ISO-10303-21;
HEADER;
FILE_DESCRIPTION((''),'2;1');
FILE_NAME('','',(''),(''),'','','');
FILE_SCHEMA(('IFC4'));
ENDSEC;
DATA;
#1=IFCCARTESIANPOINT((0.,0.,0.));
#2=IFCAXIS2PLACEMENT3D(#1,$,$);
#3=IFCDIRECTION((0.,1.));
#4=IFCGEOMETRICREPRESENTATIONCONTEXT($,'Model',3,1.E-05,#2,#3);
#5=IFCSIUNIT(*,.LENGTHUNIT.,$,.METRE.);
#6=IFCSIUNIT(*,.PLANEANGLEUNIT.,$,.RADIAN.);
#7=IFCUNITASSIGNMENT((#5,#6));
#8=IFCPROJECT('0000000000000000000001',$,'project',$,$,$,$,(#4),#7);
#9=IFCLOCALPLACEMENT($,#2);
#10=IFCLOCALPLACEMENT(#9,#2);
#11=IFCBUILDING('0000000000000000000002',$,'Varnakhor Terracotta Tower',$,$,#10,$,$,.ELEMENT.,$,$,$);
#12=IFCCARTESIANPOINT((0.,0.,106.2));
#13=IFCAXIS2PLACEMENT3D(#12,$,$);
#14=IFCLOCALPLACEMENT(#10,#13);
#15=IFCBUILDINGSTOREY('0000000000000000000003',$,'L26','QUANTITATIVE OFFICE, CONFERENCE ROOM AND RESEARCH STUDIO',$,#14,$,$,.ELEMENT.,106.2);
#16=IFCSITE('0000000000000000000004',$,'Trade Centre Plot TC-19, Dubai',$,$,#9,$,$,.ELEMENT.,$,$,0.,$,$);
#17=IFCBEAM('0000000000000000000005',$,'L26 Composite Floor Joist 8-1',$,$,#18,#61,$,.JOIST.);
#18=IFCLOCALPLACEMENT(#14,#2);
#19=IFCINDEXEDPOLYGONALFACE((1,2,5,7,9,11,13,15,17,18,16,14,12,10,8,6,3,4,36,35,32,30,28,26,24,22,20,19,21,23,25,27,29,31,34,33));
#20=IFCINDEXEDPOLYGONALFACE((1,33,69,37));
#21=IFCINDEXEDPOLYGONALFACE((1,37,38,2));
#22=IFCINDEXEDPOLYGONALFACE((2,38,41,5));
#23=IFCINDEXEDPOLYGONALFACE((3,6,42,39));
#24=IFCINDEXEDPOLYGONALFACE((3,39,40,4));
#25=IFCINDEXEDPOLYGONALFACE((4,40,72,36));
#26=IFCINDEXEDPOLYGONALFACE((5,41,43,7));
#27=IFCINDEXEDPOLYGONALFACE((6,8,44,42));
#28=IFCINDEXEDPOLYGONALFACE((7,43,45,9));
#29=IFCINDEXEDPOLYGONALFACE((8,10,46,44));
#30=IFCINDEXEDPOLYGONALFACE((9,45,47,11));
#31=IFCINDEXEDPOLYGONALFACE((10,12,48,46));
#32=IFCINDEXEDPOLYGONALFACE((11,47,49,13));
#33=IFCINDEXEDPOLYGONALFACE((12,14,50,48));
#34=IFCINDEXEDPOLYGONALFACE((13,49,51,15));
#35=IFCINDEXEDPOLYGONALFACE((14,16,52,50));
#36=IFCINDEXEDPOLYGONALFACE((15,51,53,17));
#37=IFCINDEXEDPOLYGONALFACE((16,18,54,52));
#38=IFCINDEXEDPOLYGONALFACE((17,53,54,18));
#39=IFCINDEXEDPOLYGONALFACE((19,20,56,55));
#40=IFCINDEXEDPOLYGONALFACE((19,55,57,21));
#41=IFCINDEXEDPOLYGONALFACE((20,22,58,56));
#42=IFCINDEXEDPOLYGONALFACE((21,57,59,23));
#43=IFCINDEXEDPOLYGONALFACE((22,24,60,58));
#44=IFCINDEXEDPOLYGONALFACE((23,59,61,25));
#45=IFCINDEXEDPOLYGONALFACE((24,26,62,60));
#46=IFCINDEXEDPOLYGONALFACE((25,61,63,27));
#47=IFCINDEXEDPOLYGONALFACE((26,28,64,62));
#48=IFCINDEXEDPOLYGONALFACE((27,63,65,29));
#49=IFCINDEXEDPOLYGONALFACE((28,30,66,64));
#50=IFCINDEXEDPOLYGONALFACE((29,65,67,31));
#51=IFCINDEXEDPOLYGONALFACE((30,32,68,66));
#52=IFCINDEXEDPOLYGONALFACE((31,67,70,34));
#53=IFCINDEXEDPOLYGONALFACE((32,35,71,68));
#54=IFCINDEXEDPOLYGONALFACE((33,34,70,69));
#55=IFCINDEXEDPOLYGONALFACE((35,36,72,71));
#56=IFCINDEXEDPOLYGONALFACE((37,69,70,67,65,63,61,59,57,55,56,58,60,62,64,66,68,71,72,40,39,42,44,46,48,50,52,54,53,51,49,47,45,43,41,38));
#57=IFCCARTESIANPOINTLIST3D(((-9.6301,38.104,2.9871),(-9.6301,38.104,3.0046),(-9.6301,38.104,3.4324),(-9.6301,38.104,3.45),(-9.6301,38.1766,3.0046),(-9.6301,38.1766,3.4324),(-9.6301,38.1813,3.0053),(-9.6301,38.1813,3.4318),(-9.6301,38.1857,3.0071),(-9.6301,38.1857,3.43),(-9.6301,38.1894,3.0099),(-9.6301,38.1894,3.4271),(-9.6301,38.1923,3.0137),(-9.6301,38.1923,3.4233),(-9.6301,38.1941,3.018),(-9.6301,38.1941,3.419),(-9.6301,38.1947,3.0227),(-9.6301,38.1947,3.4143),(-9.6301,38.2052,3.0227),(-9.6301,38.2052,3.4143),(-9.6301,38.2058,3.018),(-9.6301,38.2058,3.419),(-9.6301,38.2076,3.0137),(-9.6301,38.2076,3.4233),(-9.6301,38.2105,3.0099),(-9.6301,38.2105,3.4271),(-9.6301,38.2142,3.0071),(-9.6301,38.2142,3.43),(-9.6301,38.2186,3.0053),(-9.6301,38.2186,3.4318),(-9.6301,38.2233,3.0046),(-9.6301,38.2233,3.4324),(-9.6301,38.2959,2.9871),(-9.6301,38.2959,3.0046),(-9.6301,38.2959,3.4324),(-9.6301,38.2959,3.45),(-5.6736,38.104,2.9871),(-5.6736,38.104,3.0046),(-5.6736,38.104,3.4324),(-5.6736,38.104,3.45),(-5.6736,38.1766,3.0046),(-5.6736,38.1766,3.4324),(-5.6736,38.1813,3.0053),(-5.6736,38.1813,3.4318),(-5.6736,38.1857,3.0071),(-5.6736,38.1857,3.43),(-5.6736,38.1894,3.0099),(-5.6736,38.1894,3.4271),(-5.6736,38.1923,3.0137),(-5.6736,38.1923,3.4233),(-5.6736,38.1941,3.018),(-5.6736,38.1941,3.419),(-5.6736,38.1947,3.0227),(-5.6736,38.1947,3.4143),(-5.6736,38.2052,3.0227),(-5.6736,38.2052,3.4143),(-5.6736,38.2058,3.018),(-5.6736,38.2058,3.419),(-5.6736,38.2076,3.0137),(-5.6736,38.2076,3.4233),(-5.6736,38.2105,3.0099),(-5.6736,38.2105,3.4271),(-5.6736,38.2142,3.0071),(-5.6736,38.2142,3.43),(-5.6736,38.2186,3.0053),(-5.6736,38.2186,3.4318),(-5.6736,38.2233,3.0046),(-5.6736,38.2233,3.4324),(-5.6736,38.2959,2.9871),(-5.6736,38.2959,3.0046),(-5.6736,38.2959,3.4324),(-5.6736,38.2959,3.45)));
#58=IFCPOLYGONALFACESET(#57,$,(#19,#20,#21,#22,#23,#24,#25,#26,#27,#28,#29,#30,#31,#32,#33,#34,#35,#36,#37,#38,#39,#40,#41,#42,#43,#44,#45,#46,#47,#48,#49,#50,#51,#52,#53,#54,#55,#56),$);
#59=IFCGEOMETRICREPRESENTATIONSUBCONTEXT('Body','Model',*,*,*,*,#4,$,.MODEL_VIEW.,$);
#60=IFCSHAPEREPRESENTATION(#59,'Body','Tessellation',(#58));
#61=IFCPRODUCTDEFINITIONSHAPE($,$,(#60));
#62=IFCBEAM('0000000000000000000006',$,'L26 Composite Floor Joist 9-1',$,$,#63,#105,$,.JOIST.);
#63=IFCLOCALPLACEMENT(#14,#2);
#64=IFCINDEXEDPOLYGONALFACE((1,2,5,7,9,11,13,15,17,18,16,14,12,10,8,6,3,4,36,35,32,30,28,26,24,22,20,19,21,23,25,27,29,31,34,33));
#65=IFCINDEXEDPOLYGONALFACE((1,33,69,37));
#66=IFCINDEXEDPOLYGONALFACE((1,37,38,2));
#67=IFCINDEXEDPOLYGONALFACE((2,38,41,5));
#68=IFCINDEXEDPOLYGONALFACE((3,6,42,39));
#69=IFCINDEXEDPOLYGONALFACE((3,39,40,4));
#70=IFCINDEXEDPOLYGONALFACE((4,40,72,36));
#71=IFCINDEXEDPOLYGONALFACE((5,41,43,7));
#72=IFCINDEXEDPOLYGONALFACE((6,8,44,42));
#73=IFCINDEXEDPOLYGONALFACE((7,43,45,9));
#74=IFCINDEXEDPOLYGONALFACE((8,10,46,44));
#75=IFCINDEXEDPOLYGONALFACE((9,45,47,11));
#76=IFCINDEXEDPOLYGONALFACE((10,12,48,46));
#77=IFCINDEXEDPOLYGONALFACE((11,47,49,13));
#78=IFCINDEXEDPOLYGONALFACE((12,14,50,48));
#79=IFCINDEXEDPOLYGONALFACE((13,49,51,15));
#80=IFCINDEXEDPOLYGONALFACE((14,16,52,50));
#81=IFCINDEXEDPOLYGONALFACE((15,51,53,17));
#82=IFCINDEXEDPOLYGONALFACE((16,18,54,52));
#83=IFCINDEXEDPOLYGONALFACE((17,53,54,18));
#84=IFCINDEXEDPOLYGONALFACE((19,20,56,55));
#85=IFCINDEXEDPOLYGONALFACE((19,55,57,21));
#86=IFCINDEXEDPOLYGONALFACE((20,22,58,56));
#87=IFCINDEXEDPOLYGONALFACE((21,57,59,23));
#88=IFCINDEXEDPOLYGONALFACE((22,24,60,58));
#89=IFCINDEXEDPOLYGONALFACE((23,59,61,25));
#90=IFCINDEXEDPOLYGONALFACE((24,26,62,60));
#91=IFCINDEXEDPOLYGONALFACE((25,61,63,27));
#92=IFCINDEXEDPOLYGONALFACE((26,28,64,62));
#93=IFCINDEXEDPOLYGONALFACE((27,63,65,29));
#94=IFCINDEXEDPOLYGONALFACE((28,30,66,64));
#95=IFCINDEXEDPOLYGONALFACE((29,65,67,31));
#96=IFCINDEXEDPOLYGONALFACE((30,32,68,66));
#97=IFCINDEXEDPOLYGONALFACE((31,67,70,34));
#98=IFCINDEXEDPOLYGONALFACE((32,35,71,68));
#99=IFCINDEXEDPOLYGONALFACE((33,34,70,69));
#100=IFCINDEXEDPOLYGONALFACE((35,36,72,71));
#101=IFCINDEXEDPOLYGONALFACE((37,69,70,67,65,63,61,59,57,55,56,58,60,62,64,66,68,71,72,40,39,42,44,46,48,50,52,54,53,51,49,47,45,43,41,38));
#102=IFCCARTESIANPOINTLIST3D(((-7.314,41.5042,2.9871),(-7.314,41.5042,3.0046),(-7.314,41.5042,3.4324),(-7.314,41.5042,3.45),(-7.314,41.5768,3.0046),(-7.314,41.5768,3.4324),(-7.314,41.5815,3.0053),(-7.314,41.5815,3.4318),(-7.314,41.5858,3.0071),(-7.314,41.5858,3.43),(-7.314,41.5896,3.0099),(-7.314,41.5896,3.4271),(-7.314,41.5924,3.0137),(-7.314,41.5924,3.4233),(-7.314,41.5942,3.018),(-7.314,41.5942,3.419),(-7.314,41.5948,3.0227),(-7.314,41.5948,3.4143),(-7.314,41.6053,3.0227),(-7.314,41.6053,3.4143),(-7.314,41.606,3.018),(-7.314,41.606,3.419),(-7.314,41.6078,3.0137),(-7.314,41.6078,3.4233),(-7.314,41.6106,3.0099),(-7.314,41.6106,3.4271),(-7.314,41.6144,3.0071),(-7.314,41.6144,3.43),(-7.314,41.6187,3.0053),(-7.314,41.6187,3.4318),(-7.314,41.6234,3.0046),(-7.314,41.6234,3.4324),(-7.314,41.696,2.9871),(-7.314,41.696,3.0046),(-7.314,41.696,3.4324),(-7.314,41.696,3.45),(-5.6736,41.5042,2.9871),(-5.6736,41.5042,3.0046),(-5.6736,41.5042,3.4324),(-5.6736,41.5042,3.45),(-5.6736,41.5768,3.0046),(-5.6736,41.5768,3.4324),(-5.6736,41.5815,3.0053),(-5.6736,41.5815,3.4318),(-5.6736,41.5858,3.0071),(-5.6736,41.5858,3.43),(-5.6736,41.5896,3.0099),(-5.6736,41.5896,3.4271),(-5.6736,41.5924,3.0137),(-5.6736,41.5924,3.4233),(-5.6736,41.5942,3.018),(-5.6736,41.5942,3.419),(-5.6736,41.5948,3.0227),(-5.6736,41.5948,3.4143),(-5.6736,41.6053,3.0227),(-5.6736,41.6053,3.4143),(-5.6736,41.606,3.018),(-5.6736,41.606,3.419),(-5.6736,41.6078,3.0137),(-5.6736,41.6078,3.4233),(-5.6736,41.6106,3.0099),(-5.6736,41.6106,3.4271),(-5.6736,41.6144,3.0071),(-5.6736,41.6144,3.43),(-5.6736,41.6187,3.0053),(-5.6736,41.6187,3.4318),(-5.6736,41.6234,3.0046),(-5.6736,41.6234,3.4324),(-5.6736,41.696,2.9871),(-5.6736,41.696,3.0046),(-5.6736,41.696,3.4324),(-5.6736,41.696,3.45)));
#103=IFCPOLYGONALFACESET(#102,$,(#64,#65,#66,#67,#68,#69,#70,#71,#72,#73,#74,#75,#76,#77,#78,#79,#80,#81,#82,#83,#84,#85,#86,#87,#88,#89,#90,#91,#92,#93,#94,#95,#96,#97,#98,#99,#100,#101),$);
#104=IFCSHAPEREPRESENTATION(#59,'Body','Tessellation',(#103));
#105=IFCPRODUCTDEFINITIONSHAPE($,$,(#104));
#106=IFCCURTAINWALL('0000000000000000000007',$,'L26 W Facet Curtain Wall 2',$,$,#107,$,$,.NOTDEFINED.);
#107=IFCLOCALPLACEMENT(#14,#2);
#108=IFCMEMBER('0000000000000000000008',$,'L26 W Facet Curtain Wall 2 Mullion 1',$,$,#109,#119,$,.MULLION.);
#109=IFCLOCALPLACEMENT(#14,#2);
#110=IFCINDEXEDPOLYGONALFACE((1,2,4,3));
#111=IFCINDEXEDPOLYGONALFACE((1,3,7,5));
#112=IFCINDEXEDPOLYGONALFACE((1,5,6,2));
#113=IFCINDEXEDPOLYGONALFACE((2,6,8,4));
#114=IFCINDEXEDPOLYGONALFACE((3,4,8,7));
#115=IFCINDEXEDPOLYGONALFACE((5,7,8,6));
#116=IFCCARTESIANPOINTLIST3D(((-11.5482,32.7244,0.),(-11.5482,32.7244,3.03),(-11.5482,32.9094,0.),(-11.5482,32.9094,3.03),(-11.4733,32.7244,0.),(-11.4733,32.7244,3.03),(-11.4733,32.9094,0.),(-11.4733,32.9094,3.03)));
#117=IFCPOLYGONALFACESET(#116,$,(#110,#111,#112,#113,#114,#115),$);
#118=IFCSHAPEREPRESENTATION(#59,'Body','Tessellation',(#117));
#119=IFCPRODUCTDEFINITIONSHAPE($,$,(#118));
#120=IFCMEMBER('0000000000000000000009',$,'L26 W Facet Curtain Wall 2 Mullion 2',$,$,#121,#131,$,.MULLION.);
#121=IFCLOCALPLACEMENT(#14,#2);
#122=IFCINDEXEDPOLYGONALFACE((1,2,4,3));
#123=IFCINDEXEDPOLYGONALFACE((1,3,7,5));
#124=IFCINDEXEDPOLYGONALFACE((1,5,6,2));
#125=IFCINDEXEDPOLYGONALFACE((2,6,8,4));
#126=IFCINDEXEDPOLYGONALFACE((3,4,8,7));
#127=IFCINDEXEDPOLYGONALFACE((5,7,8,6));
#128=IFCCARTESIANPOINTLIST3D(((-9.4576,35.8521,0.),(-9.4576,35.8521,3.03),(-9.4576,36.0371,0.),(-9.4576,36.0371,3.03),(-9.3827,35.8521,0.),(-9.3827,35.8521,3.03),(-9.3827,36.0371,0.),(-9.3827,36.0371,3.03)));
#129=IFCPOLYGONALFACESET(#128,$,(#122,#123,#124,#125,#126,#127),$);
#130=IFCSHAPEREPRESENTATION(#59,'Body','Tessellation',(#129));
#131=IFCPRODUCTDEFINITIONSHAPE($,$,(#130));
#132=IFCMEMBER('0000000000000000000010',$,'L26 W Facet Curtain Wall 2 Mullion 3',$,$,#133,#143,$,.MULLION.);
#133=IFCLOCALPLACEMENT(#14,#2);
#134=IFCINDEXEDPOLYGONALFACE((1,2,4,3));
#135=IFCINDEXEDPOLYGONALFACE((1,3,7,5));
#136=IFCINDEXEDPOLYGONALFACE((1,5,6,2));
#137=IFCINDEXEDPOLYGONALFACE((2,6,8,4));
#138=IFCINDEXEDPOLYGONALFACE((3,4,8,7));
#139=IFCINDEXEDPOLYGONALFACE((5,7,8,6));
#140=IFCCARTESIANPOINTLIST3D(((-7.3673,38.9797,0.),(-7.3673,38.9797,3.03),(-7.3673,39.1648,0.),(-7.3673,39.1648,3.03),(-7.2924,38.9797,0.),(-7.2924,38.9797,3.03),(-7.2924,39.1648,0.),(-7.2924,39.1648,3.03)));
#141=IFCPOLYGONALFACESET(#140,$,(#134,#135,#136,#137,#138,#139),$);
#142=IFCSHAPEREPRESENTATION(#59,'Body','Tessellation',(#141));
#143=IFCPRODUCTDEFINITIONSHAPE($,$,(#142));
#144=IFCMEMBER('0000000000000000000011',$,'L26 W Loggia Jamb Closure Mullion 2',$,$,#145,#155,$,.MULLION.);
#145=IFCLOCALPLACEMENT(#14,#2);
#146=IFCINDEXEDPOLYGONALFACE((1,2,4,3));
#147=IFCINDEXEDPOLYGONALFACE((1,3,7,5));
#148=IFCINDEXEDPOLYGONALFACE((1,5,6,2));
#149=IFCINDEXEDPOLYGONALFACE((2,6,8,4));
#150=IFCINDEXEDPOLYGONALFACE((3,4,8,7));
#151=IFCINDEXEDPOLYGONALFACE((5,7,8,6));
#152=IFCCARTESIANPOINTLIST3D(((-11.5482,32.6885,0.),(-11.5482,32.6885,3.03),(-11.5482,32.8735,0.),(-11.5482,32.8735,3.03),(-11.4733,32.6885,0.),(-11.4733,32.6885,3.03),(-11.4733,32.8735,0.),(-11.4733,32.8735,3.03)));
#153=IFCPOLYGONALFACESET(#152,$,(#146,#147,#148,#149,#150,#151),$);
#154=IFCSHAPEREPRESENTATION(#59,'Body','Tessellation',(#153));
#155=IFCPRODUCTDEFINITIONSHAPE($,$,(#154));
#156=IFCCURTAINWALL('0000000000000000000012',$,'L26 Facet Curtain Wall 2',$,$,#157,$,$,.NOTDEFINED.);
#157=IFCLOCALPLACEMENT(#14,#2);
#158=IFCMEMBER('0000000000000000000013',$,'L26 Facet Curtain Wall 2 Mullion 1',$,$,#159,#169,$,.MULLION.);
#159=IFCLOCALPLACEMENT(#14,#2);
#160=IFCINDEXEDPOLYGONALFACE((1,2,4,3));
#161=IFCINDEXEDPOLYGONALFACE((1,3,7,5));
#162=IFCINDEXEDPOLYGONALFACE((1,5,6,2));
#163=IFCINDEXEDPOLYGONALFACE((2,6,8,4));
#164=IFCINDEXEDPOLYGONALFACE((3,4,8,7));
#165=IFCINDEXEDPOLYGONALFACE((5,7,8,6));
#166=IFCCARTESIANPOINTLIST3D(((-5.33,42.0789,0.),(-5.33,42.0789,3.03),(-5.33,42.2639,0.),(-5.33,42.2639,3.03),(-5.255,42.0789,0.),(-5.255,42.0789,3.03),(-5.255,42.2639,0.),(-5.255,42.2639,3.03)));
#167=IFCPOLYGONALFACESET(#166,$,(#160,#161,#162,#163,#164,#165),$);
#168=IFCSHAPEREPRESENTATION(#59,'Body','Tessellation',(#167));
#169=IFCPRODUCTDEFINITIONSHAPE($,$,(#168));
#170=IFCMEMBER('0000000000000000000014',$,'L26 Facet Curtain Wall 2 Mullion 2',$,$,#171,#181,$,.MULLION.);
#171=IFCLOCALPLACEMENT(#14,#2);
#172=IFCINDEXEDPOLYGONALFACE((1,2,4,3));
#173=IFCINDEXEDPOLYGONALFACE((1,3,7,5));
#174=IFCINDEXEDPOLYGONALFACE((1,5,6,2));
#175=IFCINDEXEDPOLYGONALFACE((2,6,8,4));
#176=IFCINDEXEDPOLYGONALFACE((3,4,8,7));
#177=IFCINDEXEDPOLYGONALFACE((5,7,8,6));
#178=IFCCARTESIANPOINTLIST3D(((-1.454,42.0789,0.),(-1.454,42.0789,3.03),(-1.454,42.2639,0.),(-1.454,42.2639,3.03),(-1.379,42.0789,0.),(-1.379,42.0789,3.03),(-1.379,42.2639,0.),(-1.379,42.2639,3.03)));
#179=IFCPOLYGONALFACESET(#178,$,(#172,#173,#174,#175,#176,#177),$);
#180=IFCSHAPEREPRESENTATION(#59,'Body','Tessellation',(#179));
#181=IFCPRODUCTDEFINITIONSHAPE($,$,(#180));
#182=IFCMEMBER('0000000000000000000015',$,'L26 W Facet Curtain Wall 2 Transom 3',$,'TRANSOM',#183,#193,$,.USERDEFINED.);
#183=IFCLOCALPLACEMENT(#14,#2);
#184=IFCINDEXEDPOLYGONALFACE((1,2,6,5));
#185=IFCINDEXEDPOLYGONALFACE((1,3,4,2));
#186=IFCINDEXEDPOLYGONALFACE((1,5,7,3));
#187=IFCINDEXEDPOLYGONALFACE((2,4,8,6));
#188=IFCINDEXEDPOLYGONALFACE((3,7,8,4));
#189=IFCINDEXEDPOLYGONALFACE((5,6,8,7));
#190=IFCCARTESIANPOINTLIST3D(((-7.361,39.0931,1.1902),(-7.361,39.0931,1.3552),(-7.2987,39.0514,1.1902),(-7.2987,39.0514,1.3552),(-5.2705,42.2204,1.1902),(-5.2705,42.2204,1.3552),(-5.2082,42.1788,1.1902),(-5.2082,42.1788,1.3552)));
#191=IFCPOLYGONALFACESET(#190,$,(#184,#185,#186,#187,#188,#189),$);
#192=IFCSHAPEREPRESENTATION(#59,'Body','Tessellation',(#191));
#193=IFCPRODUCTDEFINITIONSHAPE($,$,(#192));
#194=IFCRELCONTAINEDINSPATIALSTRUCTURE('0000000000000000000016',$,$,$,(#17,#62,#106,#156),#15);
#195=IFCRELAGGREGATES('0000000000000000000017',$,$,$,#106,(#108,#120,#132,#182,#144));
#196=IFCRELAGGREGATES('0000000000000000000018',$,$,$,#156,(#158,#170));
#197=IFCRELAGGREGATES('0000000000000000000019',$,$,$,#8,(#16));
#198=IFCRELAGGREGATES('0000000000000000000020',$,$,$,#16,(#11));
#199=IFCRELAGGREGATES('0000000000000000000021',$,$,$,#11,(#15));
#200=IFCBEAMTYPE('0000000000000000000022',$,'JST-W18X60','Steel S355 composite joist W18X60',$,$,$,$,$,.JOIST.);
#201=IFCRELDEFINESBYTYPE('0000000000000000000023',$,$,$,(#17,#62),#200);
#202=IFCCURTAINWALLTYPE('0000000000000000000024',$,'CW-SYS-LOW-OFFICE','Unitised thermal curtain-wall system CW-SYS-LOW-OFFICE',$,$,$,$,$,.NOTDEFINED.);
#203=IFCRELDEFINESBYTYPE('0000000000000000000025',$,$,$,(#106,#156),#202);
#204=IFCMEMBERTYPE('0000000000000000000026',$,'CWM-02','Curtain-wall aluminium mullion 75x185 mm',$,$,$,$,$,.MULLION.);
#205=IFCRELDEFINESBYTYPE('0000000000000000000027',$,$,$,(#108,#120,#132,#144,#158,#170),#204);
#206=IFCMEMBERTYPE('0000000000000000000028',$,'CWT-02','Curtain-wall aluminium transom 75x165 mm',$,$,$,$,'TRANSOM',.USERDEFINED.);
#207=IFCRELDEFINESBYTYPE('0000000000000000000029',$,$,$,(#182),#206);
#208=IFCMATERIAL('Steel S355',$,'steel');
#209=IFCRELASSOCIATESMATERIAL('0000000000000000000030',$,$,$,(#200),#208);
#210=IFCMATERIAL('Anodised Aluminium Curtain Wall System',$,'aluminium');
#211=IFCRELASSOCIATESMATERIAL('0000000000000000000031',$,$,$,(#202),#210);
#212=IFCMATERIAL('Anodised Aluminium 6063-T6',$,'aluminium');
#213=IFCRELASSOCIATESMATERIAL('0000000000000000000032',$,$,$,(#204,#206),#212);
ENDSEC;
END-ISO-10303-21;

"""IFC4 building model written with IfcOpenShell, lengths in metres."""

from ifc_helpers import new_model, si_unit, direction, frame, origin, origin_2d, place, context, subcontext, project, spatial, rectangle, i_section, extrude, source, transform, mapped, material, material_profile, profile_set, type_object, type_shapes, element, aggregate, save


model = new_model("IFC4")

# Units and contexts
model_context = context("Model", 3, precision=1e-05, world=origin(), true_north=direction((0.0, 1.0)))
body_context = subcontext(model_context, "Body", "Model", "MODEL_VIEW")
ifc_project = project(units=[si_unit("LENGTHUNIT", "METRE"), si_unit("PLANEANGLEUNIT", "RADIAN")], contexts=[model_context])

# Site, building, storey
site_placement = place(None, origin())
site = spatial("IfcSite", under=ifc_project, at=site_placement, Name="Trade Centre Plot TC-19, Dubai", CompositionType="ELEMENT", RefElevation=0.0)
building_placement = place(site_placement, origin())
building = spatial("IfcBuilding", under=site, at=building_placement, Name="Varnakhor Terracotta Tower", CompositionType="ELEMENT")
storey_placement = place(building_placement, frame((0.0, 0.0, 106.2)))
storey = spatial("IfcBuildingStorey", under=building, at=storey_placement, Name="L26", Description="QUANTITATIVE OFFICE, CONFERENCE ROOM AND RESEARCH STUDIO", CompositionType="ELEMENT", Elevation=106.2)

# Beams
ifc_material_1 = material(Name="Steel S355", Category="steel")
ifc_material_profile_1 = material_profile(ifc_material_1, i_section(OverallWidth=0.1919, OverallDepth=0.4629, WebThickness=0.0105, FlangeThickness=0.0176, FilletRadius=0.0181, at=origin_2d()), Name="W18X60")
ifc_profile_set_1 = profile_set([ifc_material_profile_1], Name="Steel S355")
beam_type_1 = type_object("IfcBeamType", Name="JST-W18X60", Description="Steel S355 composite joist W18X60", PredefinedType="JOIST", material=ifc_profile_set_1)
shared_shape_1 = source(origin(), body_context, "Body", "SweptSolid", [
    extrude(i_section(OverallWidth=0.1919, OverallDepth=0.4629, WebThickness=0.0105, FlangeThickness=0.0176, FilletRadius=0.0181, at=origin_2d()), origin(), (0.0, 0.0, 1.0), 3.9565),
])
beam_1_placement = place(storey_placement, frame((-9.6301, 38.2, 3.2185), z_axis=(1.0, 0.0, 0.0), x_axis=(0.0, 1.0, 0.0)))
element("IfcBeam", 1, at=beam_1_placement, inside=storey, type_object=beam_type_1, Name="L26 Composite Floor Joist 8-1", PredefinedType="JOIST", context=body_context, shape_type="MappedRepresentation", body=[
    mapped(shared_shape_1, transform((0.0, 0.0, 0.0), scale=1.0)),
])
shared_shape_2 = source(origin(), body_context, "Body", "SweptSolid", [
    extrude(i_section(OverallWidth=0.1919, OverallDepth=0.4629, WebThickness=0.0105, FlangeThickness=0.0176, FilletRadius=0.0181, at=origin_2d()), origin(), (0.0, 0.0, 1.0), 1.6404),
])
beam_2_placement = place(storey_placement, frame((-7.314, 41.6001, 3.2185), z_axis=(1.0, 0.0, 0.0), x_axis=(0.0, 1.0, 0.0)))
element("IfcBeam", 2, at=beam_2_placement, inside=storey, type_object=beam_type_1, Name="L26 Composite Floor Joist 9-1", PredefinedType="JOIST", context=body_context, shape_type="MappedRepresentation", body=[
    mapped(shared_shape_2, transform((0.0, 0.0, 0.0), scale=1.0)),
])

# Curtain walls, members
ifc_material_2 = material(Name="Anodised Aluminium Curtain Wall System", Category="aluminium")
curtain_wall_type = type_object("IfcCurtainWallType", Name="CW-SYS-LOW-OFFICE", Description="Unitised thermal curtain-wall system CW-SYS-LOW-OFFICE", PredefinedType="NOTDEFINED", material=ifc_material_2)
curtain_wall_1_placement = place(storey_placement, origin())
curtain_wall_1 = element("IfcCurtainWall", 3, at=curtain_wall_1_placement, inside=storey, type_object=curtain_wall_type, Name="L26 W Facet Curtain Wall 2", PredefinedType="NOTDEFINED")
ifc_material_3 = material(Name="Anodised Aluminium 6063-T6", Category="aluminium")
ifc_material_profile_2 = material_profile(ifc_material_3, rectangle(XDim=0.075, YDim=0.1851, at=origin_2d()), Name="ALU MULLION 75x185")
ifc_profile_set_2 = profile_set([ifc_material_profile_2], Name="Anodised Aluminium 6063-T6")
member_type_1 = type_object("IfcMemberType", Name="CWM-02", Description="Curtain-wall aluminium mullion 75x185 mm", PredefinedType="MULLION", material=ifc_profile_set_2)
shared_shape_3 = source(origin(), body_context, "Body", "SweptSolid", [
    extrude(rectangle(XDim=0.075, YDim=0.1851, at=origin_2d()), origin(), (0.0, 0.0, 1.0), 3.03),
])
type_shapes(member_type_1, [shared_shape_3])
member_1_placement = place(storey_placement, frame((-11.5107, 32.8169, 0.0), z_axis=(0.0, 0.0, 1.0), x_axis=(1.0, 0.0, 0.0)))
member_1 = element("IfcMember", 4, at=member_1_placement, type_object=member_type_1, Name="L26 W Facet Curtain Wall 2 Mullion 1", PredefinedType="MULLION", context=body_context, shape_type="MappedRepresentation", body=[
    mapped(shared_shape_3, transform((0.0, 0.0, 0.0), scale=1.0)),
])
member_2_placement = place(storey_placement, frame((-9.4202, 35.9446, 0.0), z_axis=(0.0, 0.0, 1.0), x_axis=(1.0, 0.0, 0.0)))
member_2 = element("IfcMember", 5, at=member_2_placement, type_object=member_type_1, Name="L26 W Facet Curtain Wall 2 Mullion 2", PredefinedType="MULLION", context=body_context, shape_type="MappedRepresentation", body=[
    mapped(shared_shape_3, transform((0.0, 0.0, 0.0), scale=1.0)),
])
member_3_placement = place(storey_placement, frame((-7.3298, 39.0723, 0.0), z_axis=(0.0, 0.0, 1.0), x_axis=(1.0, 0.0, 0.0)))
member_3 = element("IfcMember", 6, at=member_3_placement, type_object=member_type_1, Name="L26 W Facet Curtain Wall 2 Mullion 3", PredefinedType="MULLION", context=body_context, shape_type="MappedRepresentation", body=[
    mapped(shared_shape_3, transform((0.0, 0.0, 0.0), scale=1.0)),
])
member_4_placement = place(storey_placement, frame((-11.5107, 32.781, 0.0), z_axis=(0.0, 0.0, 1.0), x_axis=(1.0, 0.0, 0.0)))
member_4 = element("IfcMember", 7, at=member_4_placement, type_object=member_type_1, Name="L26 W Loggia Jamb Closure Mullion 2", PredefinedType="MULLION", context=body_context, shape_type="MappedRepresentation", body=[
    mapped(shared_shape_3, transform((0.0, 0.0, 0.0), scale=1.0)),
])
curtain_wall_2_placement = place(storey_placement, origin())
curtain_wall_2 = element("IfcCurtainWall", 8, at=curtain_wall_2_placement, inside=storey, type_object=curtain_wall_type, Name="L26 Facet Curtain Wall 2", PredefinedType="NOTDEFINED")
member_5_placement = place(storey_placement, frame((-5.2925, 42.1714, 0.0), z_axis=(0.0, 0.0, 1.0), x_axis=(1.0, 0.0, 0.0)))
member_5 = element("IfcMember", 9, at=member_5_placement, type_object=member_type_1, Name="L26 Facet Curtain Wall 2 Mullion 1", PredefinedType="MULLION", context=body_context, shape_type="MappedRepresentation", body=[
    mapped(shared_shape_3, transform((0.0, 0.0, 0.0), scale=1.0)),
])
member_6_placement = place(storey_placement, frame((-1.4165, 42.1714, 0.0), z_axis=(0.0, 0.0, 1.0), x_axis=(1.0, 0.0, 0.0)))
member_6 = element("IfcMember", 10, at=member_6_placement, type_object=member_type_1, Name="L26 Facet Curtain Wall 2 Mullion 2", PredefinedType="MULLION", context=body_context, shape_type="MappedRepresentation", body=[
    mapped(shared_shape_3, transform((0.0, 0.0, 0.0), scale=1.0)),
])

# Member
ifc_material_profile_3 = material_profile(ifc_material_3, rectangle(XDim=0.075, YDim=0.165, at=origin_2d()), Name="ALU TRANSOM 75x165")
ifc_profile_set_3 = profile_set([ifc_material_profile_3], Name="Anodised Aluminium 6063-T6")
member_type_2 = type_object("IfcMemberType", Name="CWT-02", Description="Curtain-wall aluminium transom 75x165 mm", ElementType="TRANSOM", PredefinedType="USERDEFINED", material=ifc_profile_set_3)
shared_shape_4 = source(origin(), body_context, "Body", "SweptSolid", [
    extrude(rectangle(XDim=0.075, YDim=0.165, at=origin_2d()), origin(), (0.0, 0.0, 1.0), 3.7617),
])
member_7_placement = place(storey_placement, frame((-7.3298, 39.0723, 1.2727), z_axis=(0.555733, 0.831361, 0.0), x_axis=(-0.831361, 0.555733, 0.0)))
member_7 = element("IfcMember", 11, at=member_7_placement, type_object=member_type_2, Name="L26 W Facet Curtain Wall 2 Transom 3", ObjectType="TRANSOM", PredefinedType="USERDEFINED", context=body_context, shape_type="MappedRepresentation", body=[
    mapped(shared_shape_4, transform((0.0, 0.0, 0.0), scale=1.0)),
])

aggregate(curtain_wall_1, [member_1, member_2, member_3, member_7, member_4])
aggregate(curtain_wall_2, [member_5, member_6])

save(model, "model.ifc")
